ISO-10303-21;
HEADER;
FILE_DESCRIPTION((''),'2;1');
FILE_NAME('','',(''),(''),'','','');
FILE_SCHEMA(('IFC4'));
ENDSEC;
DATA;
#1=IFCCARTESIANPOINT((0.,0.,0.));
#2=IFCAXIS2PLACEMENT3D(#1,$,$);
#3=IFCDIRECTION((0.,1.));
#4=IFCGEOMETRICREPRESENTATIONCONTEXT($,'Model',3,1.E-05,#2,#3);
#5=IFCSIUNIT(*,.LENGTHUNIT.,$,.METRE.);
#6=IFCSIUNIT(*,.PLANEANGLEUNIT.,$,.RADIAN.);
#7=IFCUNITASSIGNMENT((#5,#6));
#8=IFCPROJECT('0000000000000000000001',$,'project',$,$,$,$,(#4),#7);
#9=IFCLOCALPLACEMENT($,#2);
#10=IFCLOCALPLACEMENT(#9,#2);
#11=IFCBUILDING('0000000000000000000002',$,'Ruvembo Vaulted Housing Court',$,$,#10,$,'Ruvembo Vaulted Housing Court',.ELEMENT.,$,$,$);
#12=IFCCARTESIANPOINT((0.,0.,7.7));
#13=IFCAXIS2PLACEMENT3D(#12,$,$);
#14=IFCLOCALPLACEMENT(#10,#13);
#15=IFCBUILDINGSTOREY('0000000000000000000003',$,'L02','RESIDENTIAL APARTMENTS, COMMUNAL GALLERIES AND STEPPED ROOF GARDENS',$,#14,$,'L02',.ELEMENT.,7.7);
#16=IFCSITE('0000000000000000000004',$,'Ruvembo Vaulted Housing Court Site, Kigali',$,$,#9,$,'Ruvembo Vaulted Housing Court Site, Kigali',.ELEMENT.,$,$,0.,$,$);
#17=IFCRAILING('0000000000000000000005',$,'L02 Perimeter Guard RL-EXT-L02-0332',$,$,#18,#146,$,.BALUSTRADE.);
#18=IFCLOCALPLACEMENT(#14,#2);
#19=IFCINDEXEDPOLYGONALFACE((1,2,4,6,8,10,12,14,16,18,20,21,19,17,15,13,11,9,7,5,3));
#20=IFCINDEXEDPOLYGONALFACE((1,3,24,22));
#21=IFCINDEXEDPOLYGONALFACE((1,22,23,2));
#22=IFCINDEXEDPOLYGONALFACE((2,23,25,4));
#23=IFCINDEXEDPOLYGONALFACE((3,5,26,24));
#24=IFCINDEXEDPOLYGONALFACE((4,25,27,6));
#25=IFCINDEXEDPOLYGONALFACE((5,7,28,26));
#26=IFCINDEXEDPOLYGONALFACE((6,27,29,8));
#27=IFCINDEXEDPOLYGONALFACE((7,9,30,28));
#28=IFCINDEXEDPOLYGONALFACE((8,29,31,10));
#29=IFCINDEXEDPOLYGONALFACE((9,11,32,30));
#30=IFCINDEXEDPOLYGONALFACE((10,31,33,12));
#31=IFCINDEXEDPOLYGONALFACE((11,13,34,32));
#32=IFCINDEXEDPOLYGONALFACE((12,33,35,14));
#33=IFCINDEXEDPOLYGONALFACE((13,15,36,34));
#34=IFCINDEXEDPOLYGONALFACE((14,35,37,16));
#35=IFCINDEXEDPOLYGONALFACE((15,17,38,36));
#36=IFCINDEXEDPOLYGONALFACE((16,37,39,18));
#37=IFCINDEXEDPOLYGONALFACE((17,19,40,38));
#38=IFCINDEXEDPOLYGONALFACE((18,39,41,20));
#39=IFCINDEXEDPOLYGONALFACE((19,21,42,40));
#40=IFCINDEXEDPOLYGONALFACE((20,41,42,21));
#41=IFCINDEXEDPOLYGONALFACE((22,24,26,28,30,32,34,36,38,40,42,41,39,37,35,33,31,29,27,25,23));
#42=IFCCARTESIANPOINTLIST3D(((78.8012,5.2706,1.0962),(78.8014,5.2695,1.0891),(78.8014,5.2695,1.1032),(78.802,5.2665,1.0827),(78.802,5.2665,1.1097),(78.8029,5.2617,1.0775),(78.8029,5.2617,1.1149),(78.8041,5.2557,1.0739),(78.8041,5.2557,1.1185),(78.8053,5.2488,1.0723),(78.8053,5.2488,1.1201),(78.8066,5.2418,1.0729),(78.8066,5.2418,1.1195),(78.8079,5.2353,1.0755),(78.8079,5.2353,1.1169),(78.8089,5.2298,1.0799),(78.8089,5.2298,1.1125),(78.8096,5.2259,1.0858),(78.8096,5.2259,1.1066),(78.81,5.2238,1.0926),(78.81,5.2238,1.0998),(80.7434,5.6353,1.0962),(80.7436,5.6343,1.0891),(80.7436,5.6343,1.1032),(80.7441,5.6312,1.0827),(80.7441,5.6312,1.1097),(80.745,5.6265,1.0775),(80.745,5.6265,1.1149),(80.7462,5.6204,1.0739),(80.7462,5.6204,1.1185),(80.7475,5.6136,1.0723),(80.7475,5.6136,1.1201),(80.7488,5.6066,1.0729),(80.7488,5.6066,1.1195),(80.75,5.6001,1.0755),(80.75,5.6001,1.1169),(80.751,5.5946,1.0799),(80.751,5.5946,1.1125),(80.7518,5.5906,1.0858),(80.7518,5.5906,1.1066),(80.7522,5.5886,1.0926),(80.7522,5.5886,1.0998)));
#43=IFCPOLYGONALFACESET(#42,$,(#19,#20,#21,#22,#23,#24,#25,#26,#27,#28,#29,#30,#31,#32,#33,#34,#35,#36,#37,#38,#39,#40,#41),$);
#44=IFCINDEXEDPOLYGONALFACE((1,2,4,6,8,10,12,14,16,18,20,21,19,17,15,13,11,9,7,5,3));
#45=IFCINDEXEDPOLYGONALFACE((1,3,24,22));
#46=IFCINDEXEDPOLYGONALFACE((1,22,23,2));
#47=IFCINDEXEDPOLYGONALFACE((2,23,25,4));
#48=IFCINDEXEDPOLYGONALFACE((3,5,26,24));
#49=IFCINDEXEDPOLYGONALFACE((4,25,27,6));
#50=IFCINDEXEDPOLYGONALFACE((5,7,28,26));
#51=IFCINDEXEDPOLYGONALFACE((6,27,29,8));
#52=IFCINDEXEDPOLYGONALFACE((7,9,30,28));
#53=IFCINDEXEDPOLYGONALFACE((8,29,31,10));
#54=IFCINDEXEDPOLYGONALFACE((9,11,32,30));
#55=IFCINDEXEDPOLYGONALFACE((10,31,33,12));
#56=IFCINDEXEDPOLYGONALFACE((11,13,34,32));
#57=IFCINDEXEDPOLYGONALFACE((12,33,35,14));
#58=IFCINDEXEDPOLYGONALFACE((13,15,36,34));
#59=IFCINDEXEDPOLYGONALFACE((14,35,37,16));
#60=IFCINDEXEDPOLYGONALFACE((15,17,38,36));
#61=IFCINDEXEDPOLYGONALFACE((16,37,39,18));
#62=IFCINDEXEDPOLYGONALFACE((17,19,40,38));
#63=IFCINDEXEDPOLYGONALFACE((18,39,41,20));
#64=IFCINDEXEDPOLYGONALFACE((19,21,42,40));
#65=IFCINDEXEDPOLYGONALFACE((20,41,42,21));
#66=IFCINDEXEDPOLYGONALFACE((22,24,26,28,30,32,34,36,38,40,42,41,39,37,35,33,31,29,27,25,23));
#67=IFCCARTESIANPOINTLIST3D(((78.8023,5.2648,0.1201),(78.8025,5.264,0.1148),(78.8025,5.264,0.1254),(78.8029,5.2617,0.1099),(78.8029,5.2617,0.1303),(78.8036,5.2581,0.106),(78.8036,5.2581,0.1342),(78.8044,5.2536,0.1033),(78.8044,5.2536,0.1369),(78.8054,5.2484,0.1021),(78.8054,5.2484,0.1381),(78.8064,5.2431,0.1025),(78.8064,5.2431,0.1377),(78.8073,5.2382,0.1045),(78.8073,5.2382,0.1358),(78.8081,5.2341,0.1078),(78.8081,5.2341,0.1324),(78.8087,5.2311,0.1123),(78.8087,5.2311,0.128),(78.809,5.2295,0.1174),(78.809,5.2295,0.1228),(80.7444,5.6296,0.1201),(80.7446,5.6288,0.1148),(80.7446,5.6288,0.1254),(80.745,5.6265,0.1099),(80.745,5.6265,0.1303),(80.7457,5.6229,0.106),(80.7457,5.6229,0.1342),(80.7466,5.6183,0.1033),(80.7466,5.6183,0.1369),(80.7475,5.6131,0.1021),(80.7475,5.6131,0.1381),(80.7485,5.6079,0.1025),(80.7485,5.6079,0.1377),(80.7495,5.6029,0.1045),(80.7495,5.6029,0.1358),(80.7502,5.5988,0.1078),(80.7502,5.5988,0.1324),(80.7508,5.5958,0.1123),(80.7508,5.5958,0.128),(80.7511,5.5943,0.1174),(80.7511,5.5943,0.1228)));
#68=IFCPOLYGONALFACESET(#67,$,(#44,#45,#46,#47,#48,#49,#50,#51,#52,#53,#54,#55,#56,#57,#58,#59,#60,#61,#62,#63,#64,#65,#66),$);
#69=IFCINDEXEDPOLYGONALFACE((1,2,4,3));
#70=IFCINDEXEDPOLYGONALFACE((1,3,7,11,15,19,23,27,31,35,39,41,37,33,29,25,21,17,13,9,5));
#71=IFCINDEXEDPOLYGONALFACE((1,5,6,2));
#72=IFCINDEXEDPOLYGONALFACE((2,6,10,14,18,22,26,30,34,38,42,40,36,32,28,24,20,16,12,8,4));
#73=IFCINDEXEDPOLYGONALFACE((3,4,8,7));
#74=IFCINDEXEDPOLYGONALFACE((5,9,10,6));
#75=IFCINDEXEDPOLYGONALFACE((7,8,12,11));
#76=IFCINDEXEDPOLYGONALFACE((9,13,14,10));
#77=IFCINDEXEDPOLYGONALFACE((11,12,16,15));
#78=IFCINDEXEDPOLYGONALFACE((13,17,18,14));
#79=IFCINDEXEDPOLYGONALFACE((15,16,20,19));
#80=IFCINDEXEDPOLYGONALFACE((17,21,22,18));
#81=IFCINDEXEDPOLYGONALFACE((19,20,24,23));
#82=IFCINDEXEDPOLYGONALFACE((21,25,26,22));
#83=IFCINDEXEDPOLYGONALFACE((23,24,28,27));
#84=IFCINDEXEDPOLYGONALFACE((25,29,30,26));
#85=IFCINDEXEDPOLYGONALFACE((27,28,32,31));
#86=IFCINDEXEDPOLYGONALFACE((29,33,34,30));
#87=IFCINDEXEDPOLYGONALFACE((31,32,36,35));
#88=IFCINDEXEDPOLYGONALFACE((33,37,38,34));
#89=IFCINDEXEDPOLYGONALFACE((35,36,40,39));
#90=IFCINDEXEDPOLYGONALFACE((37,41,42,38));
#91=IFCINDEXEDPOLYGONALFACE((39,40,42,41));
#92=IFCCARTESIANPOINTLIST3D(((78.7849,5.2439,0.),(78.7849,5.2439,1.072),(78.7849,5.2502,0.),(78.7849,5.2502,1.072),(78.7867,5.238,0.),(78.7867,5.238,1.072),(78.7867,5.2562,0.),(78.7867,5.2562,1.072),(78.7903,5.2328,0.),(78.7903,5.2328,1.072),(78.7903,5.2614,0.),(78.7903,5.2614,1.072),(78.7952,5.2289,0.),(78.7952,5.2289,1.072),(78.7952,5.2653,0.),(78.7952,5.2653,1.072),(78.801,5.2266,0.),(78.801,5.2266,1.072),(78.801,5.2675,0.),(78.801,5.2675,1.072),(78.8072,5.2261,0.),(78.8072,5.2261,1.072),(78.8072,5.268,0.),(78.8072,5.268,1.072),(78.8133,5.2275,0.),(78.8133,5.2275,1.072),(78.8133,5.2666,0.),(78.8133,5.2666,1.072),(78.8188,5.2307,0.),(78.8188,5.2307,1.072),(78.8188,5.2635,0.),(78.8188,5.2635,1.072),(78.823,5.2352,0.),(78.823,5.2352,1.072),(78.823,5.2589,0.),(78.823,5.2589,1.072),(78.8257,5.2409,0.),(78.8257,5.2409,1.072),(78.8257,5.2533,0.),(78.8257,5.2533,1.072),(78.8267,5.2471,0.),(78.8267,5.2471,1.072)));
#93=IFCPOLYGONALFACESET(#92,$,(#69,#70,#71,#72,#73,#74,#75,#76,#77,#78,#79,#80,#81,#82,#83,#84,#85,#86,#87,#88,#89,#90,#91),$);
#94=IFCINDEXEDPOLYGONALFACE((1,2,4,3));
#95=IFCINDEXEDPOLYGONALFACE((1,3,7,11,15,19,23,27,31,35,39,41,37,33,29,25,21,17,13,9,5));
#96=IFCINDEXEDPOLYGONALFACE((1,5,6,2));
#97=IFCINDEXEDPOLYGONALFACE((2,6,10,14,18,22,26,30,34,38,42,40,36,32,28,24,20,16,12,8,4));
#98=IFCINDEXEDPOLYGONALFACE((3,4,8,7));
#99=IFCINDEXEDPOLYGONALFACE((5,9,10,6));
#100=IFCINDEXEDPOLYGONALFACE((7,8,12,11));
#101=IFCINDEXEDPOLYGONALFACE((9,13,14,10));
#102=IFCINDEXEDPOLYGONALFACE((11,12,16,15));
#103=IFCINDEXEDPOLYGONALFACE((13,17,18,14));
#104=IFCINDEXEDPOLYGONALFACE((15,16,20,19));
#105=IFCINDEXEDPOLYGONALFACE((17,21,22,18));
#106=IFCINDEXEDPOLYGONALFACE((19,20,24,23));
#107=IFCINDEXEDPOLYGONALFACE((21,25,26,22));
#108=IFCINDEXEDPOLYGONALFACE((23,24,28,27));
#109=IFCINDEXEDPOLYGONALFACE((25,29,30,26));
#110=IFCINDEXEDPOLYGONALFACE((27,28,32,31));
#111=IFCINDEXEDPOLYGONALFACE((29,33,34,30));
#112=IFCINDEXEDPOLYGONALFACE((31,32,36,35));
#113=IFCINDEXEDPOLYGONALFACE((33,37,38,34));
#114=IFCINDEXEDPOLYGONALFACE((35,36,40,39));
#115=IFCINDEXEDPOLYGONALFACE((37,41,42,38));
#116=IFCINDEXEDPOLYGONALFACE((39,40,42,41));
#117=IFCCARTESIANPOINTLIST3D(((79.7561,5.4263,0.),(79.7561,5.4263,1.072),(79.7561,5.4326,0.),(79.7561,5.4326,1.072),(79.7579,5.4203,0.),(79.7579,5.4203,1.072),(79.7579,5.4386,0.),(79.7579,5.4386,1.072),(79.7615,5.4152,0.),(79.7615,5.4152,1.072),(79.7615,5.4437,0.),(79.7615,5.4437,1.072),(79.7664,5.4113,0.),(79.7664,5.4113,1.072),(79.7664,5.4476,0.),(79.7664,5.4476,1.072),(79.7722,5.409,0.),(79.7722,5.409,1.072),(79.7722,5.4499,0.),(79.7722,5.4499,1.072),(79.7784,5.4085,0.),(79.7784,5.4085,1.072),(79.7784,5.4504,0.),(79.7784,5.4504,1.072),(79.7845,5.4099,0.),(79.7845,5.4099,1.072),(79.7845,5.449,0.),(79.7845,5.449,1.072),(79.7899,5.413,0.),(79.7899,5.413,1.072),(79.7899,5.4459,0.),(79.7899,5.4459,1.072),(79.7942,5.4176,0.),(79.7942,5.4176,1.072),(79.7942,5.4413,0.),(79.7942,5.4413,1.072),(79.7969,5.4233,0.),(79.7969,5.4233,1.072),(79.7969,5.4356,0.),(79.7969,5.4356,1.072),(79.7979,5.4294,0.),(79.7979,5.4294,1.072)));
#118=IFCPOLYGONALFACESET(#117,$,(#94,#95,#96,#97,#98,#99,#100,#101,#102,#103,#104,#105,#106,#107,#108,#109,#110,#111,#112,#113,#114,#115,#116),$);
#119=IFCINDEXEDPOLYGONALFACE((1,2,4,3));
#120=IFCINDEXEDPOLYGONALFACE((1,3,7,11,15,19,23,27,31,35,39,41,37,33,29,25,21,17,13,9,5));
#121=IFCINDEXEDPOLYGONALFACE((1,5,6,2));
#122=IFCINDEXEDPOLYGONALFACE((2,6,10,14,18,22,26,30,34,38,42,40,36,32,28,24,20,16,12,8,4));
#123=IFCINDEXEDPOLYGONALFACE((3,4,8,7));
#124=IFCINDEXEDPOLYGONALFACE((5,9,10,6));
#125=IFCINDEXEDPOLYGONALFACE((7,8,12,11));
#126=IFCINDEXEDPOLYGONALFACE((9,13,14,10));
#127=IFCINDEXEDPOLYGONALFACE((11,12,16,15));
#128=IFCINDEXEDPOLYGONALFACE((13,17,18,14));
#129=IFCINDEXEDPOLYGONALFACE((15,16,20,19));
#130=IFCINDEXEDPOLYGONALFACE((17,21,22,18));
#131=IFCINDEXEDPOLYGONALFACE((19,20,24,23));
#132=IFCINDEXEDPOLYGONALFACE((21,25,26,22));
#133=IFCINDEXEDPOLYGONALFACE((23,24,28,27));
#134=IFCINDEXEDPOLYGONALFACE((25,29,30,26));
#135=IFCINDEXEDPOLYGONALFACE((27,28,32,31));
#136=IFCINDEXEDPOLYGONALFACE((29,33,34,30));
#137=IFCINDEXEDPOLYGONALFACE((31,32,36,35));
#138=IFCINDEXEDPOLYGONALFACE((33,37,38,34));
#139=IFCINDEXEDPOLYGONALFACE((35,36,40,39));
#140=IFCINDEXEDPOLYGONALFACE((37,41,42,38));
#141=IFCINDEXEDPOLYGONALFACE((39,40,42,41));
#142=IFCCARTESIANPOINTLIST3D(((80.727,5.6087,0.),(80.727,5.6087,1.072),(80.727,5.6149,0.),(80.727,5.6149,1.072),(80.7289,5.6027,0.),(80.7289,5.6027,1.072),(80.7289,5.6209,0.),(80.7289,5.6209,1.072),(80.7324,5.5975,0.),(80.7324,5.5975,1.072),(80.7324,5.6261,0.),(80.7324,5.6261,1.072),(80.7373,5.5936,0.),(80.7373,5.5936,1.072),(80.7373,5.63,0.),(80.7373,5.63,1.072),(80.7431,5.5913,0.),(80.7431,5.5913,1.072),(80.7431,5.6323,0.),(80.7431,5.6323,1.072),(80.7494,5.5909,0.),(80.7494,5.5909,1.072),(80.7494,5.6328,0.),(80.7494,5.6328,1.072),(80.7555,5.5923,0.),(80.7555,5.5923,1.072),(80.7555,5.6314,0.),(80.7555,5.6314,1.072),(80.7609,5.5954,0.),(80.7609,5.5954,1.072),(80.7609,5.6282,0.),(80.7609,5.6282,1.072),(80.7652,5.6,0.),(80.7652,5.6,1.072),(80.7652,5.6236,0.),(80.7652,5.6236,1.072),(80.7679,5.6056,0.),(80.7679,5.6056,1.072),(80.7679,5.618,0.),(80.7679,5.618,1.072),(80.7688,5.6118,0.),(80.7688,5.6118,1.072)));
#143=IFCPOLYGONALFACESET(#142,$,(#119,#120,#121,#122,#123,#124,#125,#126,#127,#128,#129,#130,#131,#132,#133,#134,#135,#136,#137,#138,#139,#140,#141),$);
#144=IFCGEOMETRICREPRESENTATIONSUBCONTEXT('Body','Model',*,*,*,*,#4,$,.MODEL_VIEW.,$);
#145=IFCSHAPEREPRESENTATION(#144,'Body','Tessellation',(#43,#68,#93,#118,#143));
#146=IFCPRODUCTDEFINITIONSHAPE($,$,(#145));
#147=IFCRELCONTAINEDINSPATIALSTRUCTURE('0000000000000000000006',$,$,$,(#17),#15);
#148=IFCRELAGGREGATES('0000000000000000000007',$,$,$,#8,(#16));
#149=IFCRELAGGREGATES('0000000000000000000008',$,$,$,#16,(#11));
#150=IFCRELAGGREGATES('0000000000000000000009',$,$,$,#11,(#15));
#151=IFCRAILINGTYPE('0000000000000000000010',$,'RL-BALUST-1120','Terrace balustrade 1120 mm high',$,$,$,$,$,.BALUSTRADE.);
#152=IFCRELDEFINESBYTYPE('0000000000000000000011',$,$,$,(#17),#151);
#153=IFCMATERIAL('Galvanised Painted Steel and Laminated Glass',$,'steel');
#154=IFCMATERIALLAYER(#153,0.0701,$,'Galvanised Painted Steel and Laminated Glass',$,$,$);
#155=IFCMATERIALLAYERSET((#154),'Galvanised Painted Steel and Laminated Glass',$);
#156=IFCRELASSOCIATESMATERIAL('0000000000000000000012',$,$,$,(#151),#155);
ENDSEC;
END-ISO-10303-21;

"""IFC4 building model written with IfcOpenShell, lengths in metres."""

from ifc_helpers import new_model, si_unit, direction, frame, origin, origin_2d, place, context, subcontext, project, spatial, circle, extrude, material, layer, layer_set, type_object, element, save


model = new_model("IFC4")

# Units and contexts
model_context = context("Model", 3, precision=1e-05, world=origin(), true_north=direction((0.0, 1.0)))
body_context = subcontext(model_context, "Body", "Model", "MODEL_VIEW")
ifc_project = project(units=[si_unit("LENGTHUNIT", "METRE"), si_unit("PLANEANGLEUNIT", "RADIAN")], contexts=[model_context])

# Site, building, storey
site_placement = place(None, origin())
site = spatial("IfcSite", under=ifc_project, at=site_placement, Name="Ruvembo Vaulted Housing Court Site, Kigali", LongName="Ruvembo Vaulted Housing Court Site, Kigali", CompositionType="ELEMENT", RefElevation=0.0)
building_placement = place(site_placement, origin())
building = spatial("IfcBuilding", under=site, at=building_placement, Name="Ruvembo Vaulted Housing Court", LongName="Ruvembo Vaulted Housing Court", CompositionType="ELEMENT")
storey_placement = place(building_placement, frame((0.0, 0.0, 7.7)))
storey = spatial("IfcBuildingStorey", under=building, at=storey_placement, Name="L02", Description="RESIDENTIAL APARTMENTS, COMMUNAL GALLERIES AND STEPPED ROOF GARDENS", LongName="L02", CompositionType="ELEMENT", Elevation=7.7)

# Railing
ifc_material_1 = material(Name="Galvanised Painted Steel and Laminated Glass", Category="steel")
ifc_layer_1 = layer(ifc_material_1, 0.0701, Name="Galvanised Painted Steel and Laminated Glass")
ifc_layer_set_1 = layer_set([ifc_layer_1], Name="Galvanised Painted Steel and Laminated Glass")
railing_type = type_object("IfcRailingType", Name="RL-BALUST-1120", Description="Terrace balustrade 1120 mm high", PredefinedType="BALUSTRADE", material=ifc_layer_set_1)
railing_1_placement = place(storey_placement, frame((78.8057, 5.2471, 0.0)))
element("IfcRailing", 1, at=railing_1_placement, inside=storey, type_object=railing_type, Name="L02 Perimeter Guard RL-EXT-L02-0332", PredefinedType="BALUSTRADE", context=body_context, shape_type="SweptSolid", body=[
    extrude(circle(Radius=0.0239, at=origin_2d()), frame((0.0, 0.0, 1.0962), z_axis=(0.982818, 0.184579, 0.0), x_axis=(-0.184579, 0.982818, 0.0)), (0.0, 0.0, 1.0), 1.9761),
    extrude(circle(Radius=0.0181, at=origin_2d()), frame((0.0, 0.0, 0.1201), z_axis=(0.982818, 0.184579, 0.0), x_axis=(-0.184579, 0.982818, 0.0)), (0.0, 0.0, 1.0), 1.9761),
    extrude(circle(Radius=0.021, at=origin_2d()), origin(), (0.0, 0.0, 1.0), 1.072),
    extrude(circle(Radius=0.021, at=origin_2d()), frame((0.9712, 0.1824, 0.0)), (0.0, 0.0, 1.0), 1.072),
    extrude(circle(Radius=0.021, at=origin_2d()), frame((1.9421, 0.3647, 0.0)), (0.0, 0.0, 1.0), 1.072),
])

save(model, "model.ifc")
